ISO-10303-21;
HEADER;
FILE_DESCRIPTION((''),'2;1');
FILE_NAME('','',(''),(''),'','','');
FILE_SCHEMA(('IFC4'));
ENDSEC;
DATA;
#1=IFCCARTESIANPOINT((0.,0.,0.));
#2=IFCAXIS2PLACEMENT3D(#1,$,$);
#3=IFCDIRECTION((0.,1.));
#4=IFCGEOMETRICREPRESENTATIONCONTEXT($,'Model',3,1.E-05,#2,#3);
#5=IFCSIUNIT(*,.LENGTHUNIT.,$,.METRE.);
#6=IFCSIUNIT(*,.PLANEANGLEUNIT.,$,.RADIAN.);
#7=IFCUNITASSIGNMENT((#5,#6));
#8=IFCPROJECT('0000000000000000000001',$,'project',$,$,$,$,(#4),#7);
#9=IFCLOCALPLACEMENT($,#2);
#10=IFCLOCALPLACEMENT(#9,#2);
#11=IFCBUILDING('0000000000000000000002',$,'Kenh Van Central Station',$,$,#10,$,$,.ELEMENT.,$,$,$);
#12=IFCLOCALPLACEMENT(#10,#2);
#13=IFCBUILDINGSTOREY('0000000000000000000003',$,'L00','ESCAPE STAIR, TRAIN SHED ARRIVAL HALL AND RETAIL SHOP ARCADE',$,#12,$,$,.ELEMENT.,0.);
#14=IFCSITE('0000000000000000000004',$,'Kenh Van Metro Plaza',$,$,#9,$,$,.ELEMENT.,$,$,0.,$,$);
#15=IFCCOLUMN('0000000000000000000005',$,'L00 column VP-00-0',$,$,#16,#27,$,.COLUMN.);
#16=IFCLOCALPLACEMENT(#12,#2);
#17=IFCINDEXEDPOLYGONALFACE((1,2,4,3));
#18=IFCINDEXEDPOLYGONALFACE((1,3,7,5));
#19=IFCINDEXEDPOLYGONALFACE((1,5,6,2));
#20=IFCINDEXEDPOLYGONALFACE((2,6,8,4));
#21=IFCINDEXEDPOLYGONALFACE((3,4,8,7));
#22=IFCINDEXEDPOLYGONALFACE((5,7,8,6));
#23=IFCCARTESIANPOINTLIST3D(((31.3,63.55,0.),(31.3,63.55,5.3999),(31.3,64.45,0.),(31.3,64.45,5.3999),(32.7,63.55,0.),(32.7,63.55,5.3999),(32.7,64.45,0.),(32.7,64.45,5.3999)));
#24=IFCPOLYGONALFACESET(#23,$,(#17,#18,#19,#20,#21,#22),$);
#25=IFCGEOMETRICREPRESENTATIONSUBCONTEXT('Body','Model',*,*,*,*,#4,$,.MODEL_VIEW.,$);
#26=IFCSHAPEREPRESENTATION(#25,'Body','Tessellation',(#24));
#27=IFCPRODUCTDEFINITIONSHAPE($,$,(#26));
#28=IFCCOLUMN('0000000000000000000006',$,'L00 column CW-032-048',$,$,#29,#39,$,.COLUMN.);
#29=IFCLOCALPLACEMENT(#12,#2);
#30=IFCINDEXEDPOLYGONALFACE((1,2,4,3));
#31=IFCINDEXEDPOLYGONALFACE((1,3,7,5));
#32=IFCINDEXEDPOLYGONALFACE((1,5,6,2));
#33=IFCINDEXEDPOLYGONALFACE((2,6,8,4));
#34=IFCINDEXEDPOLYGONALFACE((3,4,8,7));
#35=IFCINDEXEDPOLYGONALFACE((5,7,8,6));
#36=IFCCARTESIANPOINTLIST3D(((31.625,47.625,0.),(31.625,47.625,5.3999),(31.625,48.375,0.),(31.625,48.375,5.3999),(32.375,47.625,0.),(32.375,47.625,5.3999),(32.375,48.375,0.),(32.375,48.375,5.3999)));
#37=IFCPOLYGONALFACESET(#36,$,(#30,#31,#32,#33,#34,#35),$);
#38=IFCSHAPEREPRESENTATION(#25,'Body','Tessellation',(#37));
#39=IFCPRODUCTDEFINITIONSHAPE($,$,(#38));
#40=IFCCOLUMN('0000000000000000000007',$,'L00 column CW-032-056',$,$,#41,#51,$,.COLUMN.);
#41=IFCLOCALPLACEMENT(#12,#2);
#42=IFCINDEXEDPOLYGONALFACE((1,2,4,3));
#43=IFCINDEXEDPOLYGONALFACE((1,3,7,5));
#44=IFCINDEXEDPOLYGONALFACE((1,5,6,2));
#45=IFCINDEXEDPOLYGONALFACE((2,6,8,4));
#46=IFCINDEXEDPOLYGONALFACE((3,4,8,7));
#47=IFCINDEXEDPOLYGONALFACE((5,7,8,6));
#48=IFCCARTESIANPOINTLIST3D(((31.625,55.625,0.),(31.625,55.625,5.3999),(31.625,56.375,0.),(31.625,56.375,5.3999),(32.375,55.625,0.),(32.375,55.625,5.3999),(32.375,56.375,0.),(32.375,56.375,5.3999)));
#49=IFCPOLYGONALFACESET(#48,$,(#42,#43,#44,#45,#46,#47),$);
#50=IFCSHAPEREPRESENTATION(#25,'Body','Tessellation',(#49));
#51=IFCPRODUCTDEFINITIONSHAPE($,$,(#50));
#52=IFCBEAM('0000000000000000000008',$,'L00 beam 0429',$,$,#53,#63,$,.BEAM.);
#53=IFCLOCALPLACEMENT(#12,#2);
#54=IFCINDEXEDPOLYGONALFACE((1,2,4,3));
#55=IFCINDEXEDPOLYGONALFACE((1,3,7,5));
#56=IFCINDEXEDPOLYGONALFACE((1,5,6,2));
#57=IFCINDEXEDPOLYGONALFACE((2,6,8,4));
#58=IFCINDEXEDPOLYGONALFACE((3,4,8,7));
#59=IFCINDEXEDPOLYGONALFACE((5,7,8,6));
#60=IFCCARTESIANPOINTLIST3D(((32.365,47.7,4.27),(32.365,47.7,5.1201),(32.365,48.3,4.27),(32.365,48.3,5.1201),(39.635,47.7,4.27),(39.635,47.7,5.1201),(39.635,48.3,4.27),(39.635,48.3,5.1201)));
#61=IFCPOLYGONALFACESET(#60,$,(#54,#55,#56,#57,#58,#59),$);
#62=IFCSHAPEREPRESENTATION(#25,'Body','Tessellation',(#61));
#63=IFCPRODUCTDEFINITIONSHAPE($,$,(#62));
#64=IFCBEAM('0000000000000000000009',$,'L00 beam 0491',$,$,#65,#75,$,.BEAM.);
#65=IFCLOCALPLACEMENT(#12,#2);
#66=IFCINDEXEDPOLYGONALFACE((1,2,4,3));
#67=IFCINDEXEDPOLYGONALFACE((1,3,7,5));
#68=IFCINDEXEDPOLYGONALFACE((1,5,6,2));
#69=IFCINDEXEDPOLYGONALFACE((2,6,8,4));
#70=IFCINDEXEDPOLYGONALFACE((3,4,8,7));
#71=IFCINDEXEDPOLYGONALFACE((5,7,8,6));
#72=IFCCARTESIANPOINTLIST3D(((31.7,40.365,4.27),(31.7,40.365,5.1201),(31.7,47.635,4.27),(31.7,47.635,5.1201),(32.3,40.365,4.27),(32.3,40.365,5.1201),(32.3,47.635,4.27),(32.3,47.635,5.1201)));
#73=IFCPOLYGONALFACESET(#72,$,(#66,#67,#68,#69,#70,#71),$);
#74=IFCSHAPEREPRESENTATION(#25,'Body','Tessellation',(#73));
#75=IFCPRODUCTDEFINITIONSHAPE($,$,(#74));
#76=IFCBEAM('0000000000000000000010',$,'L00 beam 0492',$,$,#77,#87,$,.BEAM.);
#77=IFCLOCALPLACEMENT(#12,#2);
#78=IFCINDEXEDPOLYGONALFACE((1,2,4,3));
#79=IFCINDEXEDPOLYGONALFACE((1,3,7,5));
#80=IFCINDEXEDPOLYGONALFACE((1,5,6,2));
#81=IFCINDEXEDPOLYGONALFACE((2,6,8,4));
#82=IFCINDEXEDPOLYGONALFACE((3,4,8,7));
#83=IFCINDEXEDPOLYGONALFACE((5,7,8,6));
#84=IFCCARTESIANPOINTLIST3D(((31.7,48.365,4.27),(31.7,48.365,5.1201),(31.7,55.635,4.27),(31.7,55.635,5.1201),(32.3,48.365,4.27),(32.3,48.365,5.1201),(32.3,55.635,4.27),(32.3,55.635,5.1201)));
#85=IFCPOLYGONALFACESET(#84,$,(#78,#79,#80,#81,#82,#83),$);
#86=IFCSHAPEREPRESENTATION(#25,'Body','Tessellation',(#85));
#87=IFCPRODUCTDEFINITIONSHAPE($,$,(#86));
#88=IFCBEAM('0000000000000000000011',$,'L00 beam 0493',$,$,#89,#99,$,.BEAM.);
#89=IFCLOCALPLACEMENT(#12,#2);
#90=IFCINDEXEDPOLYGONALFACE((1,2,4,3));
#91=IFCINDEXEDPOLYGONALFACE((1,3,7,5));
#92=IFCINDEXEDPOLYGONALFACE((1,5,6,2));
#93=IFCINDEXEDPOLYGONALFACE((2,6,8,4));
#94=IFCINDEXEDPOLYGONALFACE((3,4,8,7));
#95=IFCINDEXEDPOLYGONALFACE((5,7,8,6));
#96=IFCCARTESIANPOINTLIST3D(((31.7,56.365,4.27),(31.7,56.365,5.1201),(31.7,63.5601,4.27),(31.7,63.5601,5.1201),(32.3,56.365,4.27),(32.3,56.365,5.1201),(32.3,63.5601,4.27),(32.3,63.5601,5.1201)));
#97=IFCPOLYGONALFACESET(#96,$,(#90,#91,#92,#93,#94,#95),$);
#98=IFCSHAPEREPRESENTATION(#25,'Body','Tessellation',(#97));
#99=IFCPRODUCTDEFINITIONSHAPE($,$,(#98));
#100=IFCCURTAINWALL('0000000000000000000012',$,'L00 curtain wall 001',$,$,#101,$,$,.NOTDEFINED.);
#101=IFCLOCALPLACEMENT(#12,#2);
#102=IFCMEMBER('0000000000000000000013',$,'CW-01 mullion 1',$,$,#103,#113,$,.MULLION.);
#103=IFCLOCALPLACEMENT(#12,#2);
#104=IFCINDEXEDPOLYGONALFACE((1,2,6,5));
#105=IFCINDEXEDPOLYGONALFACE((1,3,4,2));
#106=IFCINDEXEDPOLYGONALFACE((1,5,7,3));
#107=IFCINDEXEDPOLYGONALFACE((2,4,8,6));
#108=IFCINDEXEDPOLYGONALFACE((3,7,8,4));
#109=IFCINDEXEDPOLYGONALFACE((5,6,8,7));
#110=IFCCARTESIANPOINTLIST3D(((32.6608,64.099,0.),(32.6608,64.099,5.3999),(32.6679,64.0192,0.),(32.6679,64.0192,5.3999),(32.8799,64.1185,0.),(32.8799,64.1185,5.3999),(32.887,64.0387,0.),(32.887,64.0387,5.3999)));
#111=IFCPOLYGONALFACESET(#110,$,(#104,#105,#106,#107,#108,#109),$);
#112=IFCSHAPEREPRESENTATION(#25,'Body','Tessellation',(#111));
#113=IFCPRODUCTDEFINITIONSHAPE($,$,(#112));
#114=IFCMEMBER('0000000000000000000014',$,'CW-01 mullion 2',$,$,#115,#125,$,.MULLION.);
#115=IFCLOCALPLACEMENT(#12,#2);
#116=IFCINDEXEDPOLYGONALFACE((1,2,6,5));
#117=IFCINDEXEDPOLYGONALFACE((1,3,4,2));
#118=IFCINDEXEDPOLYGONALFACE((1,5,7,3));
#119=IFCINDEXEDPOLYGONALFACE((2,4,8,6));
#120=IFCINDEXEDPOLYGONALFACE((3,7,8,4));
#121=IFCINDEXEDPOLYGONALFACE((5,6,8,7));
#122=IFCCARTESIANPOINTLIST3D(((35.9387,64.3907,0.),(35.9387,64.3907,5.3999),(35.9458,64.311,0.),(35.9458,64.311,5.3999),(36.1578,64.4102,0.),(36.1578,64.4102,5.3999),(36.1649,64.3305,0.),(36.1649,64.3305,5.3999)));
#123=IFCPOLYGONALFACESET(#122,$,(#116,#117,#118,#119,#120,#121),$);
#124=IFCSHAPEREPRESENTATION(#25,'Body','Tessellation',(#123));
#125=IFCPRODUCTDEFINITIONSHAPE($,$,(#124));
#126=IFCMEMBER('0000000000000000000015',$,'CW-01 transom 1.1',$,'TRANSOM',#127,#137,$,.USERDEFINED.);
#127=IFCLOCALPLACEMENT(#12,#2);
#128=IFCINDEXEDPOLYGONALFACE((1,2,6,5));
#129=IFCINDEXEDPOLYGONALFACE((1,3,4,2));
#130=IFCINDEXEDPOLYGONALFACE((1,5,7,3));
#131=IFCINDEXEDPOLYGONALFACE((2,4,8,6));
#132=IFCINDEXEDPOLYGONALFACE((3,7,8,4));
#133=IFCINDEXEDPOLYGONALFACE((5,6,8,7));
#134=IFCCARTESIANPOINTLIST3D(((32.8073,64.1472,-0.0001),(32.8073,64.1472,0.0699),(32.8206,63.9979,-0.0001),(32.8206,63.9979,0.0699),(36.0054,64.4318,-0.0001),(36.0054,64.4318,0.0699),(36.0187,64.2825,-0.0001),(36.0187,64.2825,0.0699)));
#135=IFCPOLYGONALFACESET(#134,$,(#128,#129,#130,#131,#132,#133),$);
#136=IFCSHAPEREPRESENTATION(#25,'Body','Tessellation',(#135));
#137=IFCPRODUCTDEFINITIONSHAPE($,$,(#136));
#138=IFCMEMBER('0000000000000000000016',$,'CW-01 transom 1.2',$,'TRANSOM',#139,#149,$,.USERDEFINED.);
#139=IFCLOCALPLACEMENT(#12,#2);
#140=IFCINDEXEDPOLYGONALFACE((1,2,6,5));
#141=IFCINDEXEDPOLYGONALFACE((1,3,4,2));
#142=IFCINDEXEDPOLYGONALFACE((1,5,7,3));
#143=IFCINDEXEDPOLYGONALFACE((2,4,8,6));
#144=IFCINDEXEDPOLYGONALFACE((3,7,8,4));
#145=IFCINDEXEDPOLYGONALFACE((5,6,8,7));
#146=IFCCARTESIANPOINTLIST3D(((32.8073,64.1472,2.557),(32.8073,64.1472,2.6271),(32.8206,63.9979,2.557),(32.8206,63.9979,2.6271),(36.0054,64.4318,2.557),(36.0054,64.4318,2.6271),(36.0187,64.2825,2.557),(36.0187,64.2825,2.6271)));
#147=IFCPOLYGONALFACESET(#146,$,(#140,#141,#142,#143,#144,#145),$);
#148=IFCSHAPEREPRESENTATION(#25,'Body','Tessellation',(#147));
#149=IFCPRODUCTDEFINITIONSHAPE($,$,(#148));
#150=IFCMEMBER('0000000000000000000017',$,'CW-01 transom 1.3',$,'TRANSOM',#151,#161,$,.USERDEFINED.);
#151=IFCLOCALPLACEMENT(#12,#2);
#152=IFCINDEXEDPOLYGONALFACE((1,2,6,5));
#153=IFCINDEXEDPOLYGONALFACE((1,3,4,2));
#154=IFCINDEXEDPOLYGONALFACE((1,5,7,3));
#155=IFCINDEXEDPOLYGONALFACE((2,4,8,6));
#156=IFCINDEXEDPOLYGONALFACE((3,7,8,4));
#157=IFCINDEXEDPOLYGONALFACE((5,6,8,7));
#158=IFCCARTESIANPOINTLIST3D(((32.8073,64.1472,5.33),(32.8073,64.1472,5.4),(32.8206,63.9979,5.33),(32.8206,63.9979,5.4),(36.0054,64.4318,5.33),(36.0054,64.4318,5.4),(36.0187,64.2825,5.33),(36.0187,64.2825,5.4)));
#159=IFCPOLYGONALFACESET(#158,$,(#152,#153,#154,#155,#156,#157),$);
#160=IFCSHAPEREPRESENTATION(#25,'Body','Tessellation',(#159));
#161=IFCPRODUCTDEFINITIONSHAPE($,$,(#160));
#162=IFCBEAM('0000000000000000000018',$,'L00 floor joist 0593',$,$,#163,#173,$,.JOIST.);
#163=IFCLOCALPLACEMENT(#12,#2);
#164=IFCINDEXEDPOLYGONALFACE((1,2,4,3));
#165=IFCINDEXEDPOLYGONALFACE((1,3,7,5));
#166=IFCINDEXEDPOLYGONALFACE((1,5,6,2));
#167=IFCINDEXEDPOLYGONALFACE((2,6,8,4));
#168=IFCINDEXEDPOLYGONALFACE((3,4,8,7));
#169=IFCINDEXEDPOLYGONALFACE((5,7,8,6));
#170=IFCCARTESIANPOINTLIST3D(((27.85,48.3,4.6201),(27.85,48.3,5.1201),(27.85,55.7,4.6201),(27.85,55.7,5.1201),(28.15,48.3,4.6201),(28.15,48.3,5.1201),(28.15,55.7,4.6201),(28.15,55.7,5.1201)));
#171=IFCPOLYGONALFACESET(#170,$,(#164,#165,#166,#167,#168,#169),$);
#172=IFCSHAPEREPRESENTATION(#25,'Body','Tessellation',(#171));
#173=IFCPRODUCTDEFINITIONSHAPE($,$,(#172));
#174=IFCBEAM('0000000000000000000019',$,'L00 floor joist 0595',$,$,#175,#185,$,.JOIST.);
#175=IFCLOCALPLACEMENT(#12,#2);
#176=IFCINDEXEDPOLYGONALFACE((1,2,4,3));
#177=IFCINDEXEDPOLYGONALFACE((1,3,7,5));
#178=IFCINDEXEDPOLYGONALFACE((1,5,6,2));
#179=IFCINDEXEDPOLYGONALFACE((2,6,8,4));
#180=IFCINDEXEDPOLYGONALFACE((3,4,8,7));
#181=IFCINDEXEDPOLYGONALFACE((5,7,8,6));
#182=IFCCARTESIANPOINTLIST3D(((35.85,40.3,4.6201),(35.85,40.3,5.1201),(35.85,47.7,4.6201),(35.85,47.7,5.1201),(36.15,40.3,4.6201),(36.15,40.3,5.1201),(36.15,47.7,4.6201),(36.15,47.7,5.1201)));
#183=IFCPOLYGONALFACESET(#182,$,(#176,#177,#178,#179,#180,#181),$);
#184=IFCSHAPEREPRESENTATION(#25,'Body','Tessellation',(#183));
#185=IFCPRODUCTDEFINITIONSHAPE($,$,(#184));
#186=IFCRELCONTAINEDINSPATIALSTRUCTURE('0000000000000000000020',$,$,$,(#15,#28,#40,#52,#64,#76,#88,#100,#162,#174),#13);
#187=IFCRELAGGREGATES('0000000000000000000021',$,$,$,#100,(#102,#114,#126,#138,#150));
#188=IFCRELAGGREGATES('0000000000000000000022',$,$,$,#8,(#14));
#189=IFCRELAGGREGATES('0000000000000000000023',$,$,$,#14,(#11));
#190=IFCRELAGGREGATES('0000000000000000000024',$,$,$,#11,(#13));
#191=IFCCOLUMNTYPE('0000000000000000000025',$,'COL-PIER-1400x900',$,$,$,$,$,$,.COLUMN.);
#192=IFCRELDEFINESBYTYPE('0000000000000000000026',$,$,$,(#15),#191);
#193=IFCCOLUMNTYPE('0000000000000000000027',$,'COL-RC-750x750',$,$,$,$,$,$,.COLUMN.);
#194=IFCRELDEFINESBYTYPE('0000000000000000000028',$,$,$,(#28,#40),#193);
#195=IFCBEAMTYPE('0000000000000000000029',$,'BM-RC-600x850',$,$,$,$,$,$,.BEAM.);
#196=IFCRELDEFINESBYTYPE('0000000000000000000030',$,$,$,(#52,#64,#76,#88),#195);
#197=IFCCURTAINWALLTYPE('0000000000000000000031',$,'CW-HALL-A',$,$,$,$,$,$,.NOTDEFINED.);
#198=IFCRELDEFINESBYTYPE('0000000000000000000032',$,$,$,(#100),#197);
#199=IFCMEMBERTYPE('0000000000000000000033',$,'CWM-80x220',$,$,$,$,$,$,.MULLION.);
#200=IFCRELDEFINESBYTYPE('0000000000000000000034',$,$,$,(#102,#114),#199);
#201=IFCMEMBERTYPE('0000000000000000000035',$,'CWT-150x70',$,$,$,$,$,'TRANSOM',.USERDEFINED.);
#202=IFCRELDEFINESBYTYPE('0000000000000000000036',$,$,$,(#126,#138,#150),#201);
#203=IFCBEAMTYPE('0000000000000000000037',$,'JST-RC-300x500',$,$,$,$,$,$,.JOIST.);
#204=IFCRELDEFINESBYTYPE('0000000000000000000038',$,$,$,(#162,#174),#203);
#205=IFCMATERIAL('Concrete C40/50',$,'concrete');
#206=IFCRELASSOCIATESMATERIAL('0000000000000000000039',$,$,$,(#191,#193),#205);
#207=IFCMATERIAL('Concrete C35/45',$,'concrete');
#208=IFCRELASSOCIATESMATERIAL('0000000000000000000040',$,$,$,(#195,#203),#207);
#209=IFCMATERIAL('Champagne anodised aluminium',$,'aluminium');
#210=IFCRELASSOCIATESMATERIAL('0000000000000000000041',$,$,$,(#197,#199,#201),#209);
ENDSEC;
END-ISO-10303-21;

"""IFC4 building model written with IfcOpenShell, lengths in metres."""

from ifc_helpers import new_model, si_unit, direction, frame, origin, origin_2d, place, context, subcontext, project, spatial, rectangle, extrude, material, material_profile, profile_set, type_object, element, aggregate, save


model = new_model("IFC4")

# Units and contexts
model_context = context("Model", 3, precision=1e-05, world=origin(), true_north=direction((0.0, 1.0)))
body_context = subcontext(model_context, "Body", "Model", "MODEL_VIEW")
ifc_project = project(units=[si_unit("LENGTHUNIT", "METRE"), si_unit("PLANEANGLEUNIT", "RADIAN")], contexts=[model_context])

# Site, building, storey
site_placement = place(None, origin())
site = spatial("IfcSite", under=ifc_project, at=site_placement, Name="Kenh Van Metro Plaza", CompositionType="ELEMENT", RefElevation=0.0)
building_placement = place(site_placement, origin())
building = spatial("IfcBuilding", under=site, at=building_placement, Name="Kenh Van Central Station", CompositionType="ELEMENT")
storey_placement = place(building_placement, origin())
storey = spatial("IfcBuildingStorey", under=building, at=storey_placement, Name="L00", Description="ESCAPE STAIR, TRAIN SHED ARRIVAL HALL AND RETAIL SHOP ARCADE", CompositionType="ELEMENT", Elevation=0.0)

# Columns
ifc_material_1 = material(Name="Concrete C40/50", Category="concrete")
ifc_material_profile_1 = material_profile(ifc_material_1, rectangle(XDim=1.3999, YDim=0.8999, at=origin_2d()), Name="RC 1400x900")
ifc_profile_set_1 = profile_set([ifc_material_profile_1], Name="Concrete C40/50")
column_type_1 = type_object("IfcColumnType", Name="COL-PIER-1400x900", PredefinedType="COLUMN", material=ifc_profile_set_1)
column_placement = place(storey_placement, frame((32.0, 64.0, 0.0), z_axis=(0.0, 0.0, 1.0), x_axis=(1.0, 0.0, 0.0)))
element("IfcColumn", 1, at=column_placement, inside=storey, type_object=column_type_1, Name="L00 column VP-00-0", PredefinedType="COLUMN", context=body_context, shape_type="SweptSolid", body=[
    extrude(rectangle(XDim=1.3999, YDim=0.8999, at=origin_2d()), origin(), (0.0, 0.0, 1.0), 5.3999),
])
ifc_material_profile_2 = material_profile(ifc_material_1, rectangle(XDim=0.75, YDim=0.75, at=origin_2d()), Name="RC 750x750")
ifc_profile_set_2 = profile_set([ifc_material_profile_2], Name="Concrete C40/50")
column_type_2 = type_object("IfcColumnType", Name="COL-RC-750x750", PredefinedType="COLUMN", material=ifc_profile_set_2)
for number, where, z_axis, x_axis, name in (
    (2, (32.0, 48.0, 0.0), (0.0, 0.0, 1.0), (1.0, 0.0, 0.0), "L00 column CW-032-048"),
    (3, (32.0, 56.0, 0.0), (0.0, 0.0, 1.0), (1.0, 0.0, 0.0), "L00 column CW-032-056"),
):
    element("IfcColumn", number, at=place(storey_placement, frame(where, z_axis=z_axis, x_axis=x_axis)), inside=storey, type_object=column_type_2, Name=name, PredefinedType="COLUMN", context=body_context, shape_type="SweptSolid", body=[
        extrude(rectangle(XDim=0.75, YDim=0.75, at=origin_2d()), origin(), (0.0, 0.0, 1.0), 5.3999),
    ])

# Beams
ifc_material_2 = material(Name="Concrete C35/45", Category="concrete")
ifc_material_profile_3 = material_profile(ifc_material_2, rectangle(XDim=0.6001, YDim=0.8501, at=origin_2d()), Name="RC 600x850")
ifc_profile_set_3 = profile_set([ifc_material_profile_3], Name="Concrete C35/45")
beam_type_1 = type_object("IfcBeamType", Name="BM-RC-600x850", PredefinedType="BEAM", material=ifc_profile_set_3)
for number, where, z_axis, x_axis, name in (
    (4, (32.365, 48.0, 4.6951), (1.0, 0.0, 0.0), (0.0, 1.0, 0.0), "L00 beam 0429"),
    (5, (32.0, 40.365, 4.6951), (0.0, 1.0, 0.0), (-1.0, 0.0, 0.0), "L00 beam 0491"),
    (6, (32.0, 48.365, 4.6951), (0.0, 1.0, 0.0), (-1.0, 0.0, 0.0), "L00 beam 0492"),
):
    element("IfcBeam", number, at=place(storey_placement, frame(where, z_axis=z_axis, x_axis=x_axis)), inside=storey, type_object=beam_type_1, Name=name, PredefinedType="BEAM", context=body_context, shape_type="SweptSolid", body=[
        extrude(rectangle(XDim=0.6001, YDim=0.8501, at=origin_2d()), origin(), (0.0, 0.0, 1.0), 7.27),
    ])
beam_placement = place(storey_placement, frame((32.0, 56.365, 4.6951), z_axis=(0.0, 1.0, 0.0), x_axis=(-1.0, 0.0, 0.0)))
element("IfcBeam", 7, at=beam_placement, inside=storey, type_object=beam_type_1, Name="L00 beam 0493", PredefinedType="BEAM", context=body_context, shape_type="SweptSolid", body=[
    extrude(rectangle(XDim=0.6001, YDim=0.8501, at=origin_2d()), origin(), (0.0, 0.0, 1.0), 7.1951),
])

# Curtain wall, members
ifc_material_3 = material(Name="Champagne anodised aluminium", Category="aluminium")
curtain_wall_type = type_object("IfcCurtainWallType", Name="CW-HALL-A", PredefinedType="NOTDEFINED", material=ifc_material_3)
curtain_wall_placement = place(storey_placement, origin())
curtain_wall = element("IfcCurtainWall", 8, at=curtain_wall_placement, inside=storey, type_object=curtain_wall_type, Name="L00 curtain wall 001", PredefinedType="NOTDEFINED")
ifc_material_profile_4 = material_profile(ifc_material_3, rectangle(XDim=0.0801, YDim=0.22, at=origin_2d()), Name="AL 80x220")
ifc_profile_set_4 = profile_set([ifc_material_profile_4], Name="Champagne anodised aluminium")
member_type_1 = type_object("IfcMemberType", Name="CWM-80x220", PredefinedType="MULLION", material=ifc_profile_set_4)
member_1_placement = place(storey_placement, frame((32.7739, 64.0688, 0.0), z_axis=(0.0, 0.0, 1.0), x_axis=(-0.08866, 0.996062, 0.0)))
member_1 = element("IfcMember", 9, at=member_1_placement, type_object=member_type_1, Name="CW-01 mullion 1", PredefinedType="MULLION", context=body_context, shape_type="SweptSolid", body=[
    extrude(rectangle(XDim=0.0801, YDim=0.22, at=origin_2d()), origin(), (0.0, 0.0, 1.0), 5.3999),
])
member_2_placement = place(storey_placement, frame((36.0518, 64.3606, 0.0), z_axis=(0.0, 0.0, 1.0), x_axis=(-0.08866, 0.996062, 0.0)))
member_2 = element("IfcMember", 10, at=member_2_placement, type_object=member_type_1, Name="CW-01 mullion 2", PredefinedType="MULLION", context=body_context, shape_type="SweptSolid", body=[
    extrude(rectangle(XDim=0.0801, YDim=0.22, at=origin_2d()), origin(), (0.0, 0.0, 1.0), 5.3999),
])
ifc_material_profile_5 = material_profile(ifc_material_3, rectangle(XDim=0.1499, YDim=0.0701, at=origin_2d()), Name="AL 150x70")
ifc_profile_set_5 = profile_set([ifc_material_profile_5], Name="Champagne anodised aluminium")
member_type_2 = type_object("IfcMemberType", Name="CWT-150x70", ElementType="TRANSOM", PredefinedType="USERDEFINED", material=ifc_profile_set_5)
member_3_placement = place(storey_placement, frame((32.814, 64.0725, 0.0349), z_axis=(0.996062, 0.088664, 0.0), x_axis=(-0.088664, 0.996062, 0.0)))
member_3 = element("IfcMember", 11, at=member_3_placement, type_object=member_type_2, Name="CW-01 transom 1.1", ObjectType="TRANSOM", PredefinedType="USERDEFINED", context=body_context, shape_type="SweptSolid", body=[
    extrude(rectangle(XDim=0.1499, YDim=0.0701, at=origin_2d()), origin(), (0.0, 0.0, 1.0), 3.2107),
])
member_4_placement = place(storey_placement, frame((32.814, 64.0725, 2.592), z_axis=(0.996062, 0.088664, 0.0), x_axis=(-0.088664, 0.996062, 0.0)))
member_4 = element("IfcMember", 12, at=member_4_placement, type_object=member_type_2, Name="CW-01 transom 1.2", ObjectType="TRANSOM", PredefinedType="USERDEFINED", context=body_context, shape_type="SweptSolid", body=[
    extrude(rectangle(XDim=0.1499, YDim=0.0701, at=origin_2d()), origin(), (0.0, 0.0, 1.0), 3.2107),
])
member_5_placement = place(storey_placement, frame((32.814, 64.0725, 5.365), z_axis=(0.996062, 0.088664, 0.0), x_axis=(-0.088664, 0.996062, 0.0)))
member_5 = element("IfcMember", 13, at=member_5_placement, type_object=member_type_2, Name="CW-01 transom 1.3", ObjectType="TRANSOM", PredefinedType="USERDEFINED", context=body_context, shape_type="SweptSolid", body=[
    extrude(rectangle(XDim=0.1499, YDim=0.0701, at=origin_2d()), origin(), (0.0, 0.0, 1.0), 3.2107),
])

# Beams
ifc_material_profile_6 = material_profile(ifc_material_2, rectangle(XDim=0.3, YDim=0.5, at=origin_2d()), Name="RC 300x500")
ifc_profile_set_6 = profile_set([ifc_material_profile_6], Name="Concrete C35/45")
beam_type_2 = type_object("IfcBeamType", Name="JST-RC-300x500", PredefinedType="JOIST", material=ifc_profile_set_6)
for number, where, z_axis, x_axis, name in (
    (14, (28.0, 48.3, 4.8701), (0.0, 1.0, 0.0), (-1.0, 0.0, 0.0), "L00 floor joist 0593"),
    (15, (36.0, 40.3, 4.8701), (0.0, 1.0, 0.0), (-1.0, 0.0, 0.0), "L00 floor joist 0595"),
):
    element("IfcBeam", number, at=place(storey_placement, frame(where, z_axis=z_axis, x_axis=x_axis)), inside=storey, type_object=beam_type_2, Name=name, PredefinedType="JOIST", context=body_context, shape_type="SweptSolid", body=[
        extrude(rectangle(XDim=0.3, YDim=0.5, at=origin_2d()), origin(), (0.0, 0.0, 1.0), 7.3999),
    ])

aggregate(curtain_wall, [member_1, member_2, member_3, member_4, member_5])

save(model, "model.ifc")
